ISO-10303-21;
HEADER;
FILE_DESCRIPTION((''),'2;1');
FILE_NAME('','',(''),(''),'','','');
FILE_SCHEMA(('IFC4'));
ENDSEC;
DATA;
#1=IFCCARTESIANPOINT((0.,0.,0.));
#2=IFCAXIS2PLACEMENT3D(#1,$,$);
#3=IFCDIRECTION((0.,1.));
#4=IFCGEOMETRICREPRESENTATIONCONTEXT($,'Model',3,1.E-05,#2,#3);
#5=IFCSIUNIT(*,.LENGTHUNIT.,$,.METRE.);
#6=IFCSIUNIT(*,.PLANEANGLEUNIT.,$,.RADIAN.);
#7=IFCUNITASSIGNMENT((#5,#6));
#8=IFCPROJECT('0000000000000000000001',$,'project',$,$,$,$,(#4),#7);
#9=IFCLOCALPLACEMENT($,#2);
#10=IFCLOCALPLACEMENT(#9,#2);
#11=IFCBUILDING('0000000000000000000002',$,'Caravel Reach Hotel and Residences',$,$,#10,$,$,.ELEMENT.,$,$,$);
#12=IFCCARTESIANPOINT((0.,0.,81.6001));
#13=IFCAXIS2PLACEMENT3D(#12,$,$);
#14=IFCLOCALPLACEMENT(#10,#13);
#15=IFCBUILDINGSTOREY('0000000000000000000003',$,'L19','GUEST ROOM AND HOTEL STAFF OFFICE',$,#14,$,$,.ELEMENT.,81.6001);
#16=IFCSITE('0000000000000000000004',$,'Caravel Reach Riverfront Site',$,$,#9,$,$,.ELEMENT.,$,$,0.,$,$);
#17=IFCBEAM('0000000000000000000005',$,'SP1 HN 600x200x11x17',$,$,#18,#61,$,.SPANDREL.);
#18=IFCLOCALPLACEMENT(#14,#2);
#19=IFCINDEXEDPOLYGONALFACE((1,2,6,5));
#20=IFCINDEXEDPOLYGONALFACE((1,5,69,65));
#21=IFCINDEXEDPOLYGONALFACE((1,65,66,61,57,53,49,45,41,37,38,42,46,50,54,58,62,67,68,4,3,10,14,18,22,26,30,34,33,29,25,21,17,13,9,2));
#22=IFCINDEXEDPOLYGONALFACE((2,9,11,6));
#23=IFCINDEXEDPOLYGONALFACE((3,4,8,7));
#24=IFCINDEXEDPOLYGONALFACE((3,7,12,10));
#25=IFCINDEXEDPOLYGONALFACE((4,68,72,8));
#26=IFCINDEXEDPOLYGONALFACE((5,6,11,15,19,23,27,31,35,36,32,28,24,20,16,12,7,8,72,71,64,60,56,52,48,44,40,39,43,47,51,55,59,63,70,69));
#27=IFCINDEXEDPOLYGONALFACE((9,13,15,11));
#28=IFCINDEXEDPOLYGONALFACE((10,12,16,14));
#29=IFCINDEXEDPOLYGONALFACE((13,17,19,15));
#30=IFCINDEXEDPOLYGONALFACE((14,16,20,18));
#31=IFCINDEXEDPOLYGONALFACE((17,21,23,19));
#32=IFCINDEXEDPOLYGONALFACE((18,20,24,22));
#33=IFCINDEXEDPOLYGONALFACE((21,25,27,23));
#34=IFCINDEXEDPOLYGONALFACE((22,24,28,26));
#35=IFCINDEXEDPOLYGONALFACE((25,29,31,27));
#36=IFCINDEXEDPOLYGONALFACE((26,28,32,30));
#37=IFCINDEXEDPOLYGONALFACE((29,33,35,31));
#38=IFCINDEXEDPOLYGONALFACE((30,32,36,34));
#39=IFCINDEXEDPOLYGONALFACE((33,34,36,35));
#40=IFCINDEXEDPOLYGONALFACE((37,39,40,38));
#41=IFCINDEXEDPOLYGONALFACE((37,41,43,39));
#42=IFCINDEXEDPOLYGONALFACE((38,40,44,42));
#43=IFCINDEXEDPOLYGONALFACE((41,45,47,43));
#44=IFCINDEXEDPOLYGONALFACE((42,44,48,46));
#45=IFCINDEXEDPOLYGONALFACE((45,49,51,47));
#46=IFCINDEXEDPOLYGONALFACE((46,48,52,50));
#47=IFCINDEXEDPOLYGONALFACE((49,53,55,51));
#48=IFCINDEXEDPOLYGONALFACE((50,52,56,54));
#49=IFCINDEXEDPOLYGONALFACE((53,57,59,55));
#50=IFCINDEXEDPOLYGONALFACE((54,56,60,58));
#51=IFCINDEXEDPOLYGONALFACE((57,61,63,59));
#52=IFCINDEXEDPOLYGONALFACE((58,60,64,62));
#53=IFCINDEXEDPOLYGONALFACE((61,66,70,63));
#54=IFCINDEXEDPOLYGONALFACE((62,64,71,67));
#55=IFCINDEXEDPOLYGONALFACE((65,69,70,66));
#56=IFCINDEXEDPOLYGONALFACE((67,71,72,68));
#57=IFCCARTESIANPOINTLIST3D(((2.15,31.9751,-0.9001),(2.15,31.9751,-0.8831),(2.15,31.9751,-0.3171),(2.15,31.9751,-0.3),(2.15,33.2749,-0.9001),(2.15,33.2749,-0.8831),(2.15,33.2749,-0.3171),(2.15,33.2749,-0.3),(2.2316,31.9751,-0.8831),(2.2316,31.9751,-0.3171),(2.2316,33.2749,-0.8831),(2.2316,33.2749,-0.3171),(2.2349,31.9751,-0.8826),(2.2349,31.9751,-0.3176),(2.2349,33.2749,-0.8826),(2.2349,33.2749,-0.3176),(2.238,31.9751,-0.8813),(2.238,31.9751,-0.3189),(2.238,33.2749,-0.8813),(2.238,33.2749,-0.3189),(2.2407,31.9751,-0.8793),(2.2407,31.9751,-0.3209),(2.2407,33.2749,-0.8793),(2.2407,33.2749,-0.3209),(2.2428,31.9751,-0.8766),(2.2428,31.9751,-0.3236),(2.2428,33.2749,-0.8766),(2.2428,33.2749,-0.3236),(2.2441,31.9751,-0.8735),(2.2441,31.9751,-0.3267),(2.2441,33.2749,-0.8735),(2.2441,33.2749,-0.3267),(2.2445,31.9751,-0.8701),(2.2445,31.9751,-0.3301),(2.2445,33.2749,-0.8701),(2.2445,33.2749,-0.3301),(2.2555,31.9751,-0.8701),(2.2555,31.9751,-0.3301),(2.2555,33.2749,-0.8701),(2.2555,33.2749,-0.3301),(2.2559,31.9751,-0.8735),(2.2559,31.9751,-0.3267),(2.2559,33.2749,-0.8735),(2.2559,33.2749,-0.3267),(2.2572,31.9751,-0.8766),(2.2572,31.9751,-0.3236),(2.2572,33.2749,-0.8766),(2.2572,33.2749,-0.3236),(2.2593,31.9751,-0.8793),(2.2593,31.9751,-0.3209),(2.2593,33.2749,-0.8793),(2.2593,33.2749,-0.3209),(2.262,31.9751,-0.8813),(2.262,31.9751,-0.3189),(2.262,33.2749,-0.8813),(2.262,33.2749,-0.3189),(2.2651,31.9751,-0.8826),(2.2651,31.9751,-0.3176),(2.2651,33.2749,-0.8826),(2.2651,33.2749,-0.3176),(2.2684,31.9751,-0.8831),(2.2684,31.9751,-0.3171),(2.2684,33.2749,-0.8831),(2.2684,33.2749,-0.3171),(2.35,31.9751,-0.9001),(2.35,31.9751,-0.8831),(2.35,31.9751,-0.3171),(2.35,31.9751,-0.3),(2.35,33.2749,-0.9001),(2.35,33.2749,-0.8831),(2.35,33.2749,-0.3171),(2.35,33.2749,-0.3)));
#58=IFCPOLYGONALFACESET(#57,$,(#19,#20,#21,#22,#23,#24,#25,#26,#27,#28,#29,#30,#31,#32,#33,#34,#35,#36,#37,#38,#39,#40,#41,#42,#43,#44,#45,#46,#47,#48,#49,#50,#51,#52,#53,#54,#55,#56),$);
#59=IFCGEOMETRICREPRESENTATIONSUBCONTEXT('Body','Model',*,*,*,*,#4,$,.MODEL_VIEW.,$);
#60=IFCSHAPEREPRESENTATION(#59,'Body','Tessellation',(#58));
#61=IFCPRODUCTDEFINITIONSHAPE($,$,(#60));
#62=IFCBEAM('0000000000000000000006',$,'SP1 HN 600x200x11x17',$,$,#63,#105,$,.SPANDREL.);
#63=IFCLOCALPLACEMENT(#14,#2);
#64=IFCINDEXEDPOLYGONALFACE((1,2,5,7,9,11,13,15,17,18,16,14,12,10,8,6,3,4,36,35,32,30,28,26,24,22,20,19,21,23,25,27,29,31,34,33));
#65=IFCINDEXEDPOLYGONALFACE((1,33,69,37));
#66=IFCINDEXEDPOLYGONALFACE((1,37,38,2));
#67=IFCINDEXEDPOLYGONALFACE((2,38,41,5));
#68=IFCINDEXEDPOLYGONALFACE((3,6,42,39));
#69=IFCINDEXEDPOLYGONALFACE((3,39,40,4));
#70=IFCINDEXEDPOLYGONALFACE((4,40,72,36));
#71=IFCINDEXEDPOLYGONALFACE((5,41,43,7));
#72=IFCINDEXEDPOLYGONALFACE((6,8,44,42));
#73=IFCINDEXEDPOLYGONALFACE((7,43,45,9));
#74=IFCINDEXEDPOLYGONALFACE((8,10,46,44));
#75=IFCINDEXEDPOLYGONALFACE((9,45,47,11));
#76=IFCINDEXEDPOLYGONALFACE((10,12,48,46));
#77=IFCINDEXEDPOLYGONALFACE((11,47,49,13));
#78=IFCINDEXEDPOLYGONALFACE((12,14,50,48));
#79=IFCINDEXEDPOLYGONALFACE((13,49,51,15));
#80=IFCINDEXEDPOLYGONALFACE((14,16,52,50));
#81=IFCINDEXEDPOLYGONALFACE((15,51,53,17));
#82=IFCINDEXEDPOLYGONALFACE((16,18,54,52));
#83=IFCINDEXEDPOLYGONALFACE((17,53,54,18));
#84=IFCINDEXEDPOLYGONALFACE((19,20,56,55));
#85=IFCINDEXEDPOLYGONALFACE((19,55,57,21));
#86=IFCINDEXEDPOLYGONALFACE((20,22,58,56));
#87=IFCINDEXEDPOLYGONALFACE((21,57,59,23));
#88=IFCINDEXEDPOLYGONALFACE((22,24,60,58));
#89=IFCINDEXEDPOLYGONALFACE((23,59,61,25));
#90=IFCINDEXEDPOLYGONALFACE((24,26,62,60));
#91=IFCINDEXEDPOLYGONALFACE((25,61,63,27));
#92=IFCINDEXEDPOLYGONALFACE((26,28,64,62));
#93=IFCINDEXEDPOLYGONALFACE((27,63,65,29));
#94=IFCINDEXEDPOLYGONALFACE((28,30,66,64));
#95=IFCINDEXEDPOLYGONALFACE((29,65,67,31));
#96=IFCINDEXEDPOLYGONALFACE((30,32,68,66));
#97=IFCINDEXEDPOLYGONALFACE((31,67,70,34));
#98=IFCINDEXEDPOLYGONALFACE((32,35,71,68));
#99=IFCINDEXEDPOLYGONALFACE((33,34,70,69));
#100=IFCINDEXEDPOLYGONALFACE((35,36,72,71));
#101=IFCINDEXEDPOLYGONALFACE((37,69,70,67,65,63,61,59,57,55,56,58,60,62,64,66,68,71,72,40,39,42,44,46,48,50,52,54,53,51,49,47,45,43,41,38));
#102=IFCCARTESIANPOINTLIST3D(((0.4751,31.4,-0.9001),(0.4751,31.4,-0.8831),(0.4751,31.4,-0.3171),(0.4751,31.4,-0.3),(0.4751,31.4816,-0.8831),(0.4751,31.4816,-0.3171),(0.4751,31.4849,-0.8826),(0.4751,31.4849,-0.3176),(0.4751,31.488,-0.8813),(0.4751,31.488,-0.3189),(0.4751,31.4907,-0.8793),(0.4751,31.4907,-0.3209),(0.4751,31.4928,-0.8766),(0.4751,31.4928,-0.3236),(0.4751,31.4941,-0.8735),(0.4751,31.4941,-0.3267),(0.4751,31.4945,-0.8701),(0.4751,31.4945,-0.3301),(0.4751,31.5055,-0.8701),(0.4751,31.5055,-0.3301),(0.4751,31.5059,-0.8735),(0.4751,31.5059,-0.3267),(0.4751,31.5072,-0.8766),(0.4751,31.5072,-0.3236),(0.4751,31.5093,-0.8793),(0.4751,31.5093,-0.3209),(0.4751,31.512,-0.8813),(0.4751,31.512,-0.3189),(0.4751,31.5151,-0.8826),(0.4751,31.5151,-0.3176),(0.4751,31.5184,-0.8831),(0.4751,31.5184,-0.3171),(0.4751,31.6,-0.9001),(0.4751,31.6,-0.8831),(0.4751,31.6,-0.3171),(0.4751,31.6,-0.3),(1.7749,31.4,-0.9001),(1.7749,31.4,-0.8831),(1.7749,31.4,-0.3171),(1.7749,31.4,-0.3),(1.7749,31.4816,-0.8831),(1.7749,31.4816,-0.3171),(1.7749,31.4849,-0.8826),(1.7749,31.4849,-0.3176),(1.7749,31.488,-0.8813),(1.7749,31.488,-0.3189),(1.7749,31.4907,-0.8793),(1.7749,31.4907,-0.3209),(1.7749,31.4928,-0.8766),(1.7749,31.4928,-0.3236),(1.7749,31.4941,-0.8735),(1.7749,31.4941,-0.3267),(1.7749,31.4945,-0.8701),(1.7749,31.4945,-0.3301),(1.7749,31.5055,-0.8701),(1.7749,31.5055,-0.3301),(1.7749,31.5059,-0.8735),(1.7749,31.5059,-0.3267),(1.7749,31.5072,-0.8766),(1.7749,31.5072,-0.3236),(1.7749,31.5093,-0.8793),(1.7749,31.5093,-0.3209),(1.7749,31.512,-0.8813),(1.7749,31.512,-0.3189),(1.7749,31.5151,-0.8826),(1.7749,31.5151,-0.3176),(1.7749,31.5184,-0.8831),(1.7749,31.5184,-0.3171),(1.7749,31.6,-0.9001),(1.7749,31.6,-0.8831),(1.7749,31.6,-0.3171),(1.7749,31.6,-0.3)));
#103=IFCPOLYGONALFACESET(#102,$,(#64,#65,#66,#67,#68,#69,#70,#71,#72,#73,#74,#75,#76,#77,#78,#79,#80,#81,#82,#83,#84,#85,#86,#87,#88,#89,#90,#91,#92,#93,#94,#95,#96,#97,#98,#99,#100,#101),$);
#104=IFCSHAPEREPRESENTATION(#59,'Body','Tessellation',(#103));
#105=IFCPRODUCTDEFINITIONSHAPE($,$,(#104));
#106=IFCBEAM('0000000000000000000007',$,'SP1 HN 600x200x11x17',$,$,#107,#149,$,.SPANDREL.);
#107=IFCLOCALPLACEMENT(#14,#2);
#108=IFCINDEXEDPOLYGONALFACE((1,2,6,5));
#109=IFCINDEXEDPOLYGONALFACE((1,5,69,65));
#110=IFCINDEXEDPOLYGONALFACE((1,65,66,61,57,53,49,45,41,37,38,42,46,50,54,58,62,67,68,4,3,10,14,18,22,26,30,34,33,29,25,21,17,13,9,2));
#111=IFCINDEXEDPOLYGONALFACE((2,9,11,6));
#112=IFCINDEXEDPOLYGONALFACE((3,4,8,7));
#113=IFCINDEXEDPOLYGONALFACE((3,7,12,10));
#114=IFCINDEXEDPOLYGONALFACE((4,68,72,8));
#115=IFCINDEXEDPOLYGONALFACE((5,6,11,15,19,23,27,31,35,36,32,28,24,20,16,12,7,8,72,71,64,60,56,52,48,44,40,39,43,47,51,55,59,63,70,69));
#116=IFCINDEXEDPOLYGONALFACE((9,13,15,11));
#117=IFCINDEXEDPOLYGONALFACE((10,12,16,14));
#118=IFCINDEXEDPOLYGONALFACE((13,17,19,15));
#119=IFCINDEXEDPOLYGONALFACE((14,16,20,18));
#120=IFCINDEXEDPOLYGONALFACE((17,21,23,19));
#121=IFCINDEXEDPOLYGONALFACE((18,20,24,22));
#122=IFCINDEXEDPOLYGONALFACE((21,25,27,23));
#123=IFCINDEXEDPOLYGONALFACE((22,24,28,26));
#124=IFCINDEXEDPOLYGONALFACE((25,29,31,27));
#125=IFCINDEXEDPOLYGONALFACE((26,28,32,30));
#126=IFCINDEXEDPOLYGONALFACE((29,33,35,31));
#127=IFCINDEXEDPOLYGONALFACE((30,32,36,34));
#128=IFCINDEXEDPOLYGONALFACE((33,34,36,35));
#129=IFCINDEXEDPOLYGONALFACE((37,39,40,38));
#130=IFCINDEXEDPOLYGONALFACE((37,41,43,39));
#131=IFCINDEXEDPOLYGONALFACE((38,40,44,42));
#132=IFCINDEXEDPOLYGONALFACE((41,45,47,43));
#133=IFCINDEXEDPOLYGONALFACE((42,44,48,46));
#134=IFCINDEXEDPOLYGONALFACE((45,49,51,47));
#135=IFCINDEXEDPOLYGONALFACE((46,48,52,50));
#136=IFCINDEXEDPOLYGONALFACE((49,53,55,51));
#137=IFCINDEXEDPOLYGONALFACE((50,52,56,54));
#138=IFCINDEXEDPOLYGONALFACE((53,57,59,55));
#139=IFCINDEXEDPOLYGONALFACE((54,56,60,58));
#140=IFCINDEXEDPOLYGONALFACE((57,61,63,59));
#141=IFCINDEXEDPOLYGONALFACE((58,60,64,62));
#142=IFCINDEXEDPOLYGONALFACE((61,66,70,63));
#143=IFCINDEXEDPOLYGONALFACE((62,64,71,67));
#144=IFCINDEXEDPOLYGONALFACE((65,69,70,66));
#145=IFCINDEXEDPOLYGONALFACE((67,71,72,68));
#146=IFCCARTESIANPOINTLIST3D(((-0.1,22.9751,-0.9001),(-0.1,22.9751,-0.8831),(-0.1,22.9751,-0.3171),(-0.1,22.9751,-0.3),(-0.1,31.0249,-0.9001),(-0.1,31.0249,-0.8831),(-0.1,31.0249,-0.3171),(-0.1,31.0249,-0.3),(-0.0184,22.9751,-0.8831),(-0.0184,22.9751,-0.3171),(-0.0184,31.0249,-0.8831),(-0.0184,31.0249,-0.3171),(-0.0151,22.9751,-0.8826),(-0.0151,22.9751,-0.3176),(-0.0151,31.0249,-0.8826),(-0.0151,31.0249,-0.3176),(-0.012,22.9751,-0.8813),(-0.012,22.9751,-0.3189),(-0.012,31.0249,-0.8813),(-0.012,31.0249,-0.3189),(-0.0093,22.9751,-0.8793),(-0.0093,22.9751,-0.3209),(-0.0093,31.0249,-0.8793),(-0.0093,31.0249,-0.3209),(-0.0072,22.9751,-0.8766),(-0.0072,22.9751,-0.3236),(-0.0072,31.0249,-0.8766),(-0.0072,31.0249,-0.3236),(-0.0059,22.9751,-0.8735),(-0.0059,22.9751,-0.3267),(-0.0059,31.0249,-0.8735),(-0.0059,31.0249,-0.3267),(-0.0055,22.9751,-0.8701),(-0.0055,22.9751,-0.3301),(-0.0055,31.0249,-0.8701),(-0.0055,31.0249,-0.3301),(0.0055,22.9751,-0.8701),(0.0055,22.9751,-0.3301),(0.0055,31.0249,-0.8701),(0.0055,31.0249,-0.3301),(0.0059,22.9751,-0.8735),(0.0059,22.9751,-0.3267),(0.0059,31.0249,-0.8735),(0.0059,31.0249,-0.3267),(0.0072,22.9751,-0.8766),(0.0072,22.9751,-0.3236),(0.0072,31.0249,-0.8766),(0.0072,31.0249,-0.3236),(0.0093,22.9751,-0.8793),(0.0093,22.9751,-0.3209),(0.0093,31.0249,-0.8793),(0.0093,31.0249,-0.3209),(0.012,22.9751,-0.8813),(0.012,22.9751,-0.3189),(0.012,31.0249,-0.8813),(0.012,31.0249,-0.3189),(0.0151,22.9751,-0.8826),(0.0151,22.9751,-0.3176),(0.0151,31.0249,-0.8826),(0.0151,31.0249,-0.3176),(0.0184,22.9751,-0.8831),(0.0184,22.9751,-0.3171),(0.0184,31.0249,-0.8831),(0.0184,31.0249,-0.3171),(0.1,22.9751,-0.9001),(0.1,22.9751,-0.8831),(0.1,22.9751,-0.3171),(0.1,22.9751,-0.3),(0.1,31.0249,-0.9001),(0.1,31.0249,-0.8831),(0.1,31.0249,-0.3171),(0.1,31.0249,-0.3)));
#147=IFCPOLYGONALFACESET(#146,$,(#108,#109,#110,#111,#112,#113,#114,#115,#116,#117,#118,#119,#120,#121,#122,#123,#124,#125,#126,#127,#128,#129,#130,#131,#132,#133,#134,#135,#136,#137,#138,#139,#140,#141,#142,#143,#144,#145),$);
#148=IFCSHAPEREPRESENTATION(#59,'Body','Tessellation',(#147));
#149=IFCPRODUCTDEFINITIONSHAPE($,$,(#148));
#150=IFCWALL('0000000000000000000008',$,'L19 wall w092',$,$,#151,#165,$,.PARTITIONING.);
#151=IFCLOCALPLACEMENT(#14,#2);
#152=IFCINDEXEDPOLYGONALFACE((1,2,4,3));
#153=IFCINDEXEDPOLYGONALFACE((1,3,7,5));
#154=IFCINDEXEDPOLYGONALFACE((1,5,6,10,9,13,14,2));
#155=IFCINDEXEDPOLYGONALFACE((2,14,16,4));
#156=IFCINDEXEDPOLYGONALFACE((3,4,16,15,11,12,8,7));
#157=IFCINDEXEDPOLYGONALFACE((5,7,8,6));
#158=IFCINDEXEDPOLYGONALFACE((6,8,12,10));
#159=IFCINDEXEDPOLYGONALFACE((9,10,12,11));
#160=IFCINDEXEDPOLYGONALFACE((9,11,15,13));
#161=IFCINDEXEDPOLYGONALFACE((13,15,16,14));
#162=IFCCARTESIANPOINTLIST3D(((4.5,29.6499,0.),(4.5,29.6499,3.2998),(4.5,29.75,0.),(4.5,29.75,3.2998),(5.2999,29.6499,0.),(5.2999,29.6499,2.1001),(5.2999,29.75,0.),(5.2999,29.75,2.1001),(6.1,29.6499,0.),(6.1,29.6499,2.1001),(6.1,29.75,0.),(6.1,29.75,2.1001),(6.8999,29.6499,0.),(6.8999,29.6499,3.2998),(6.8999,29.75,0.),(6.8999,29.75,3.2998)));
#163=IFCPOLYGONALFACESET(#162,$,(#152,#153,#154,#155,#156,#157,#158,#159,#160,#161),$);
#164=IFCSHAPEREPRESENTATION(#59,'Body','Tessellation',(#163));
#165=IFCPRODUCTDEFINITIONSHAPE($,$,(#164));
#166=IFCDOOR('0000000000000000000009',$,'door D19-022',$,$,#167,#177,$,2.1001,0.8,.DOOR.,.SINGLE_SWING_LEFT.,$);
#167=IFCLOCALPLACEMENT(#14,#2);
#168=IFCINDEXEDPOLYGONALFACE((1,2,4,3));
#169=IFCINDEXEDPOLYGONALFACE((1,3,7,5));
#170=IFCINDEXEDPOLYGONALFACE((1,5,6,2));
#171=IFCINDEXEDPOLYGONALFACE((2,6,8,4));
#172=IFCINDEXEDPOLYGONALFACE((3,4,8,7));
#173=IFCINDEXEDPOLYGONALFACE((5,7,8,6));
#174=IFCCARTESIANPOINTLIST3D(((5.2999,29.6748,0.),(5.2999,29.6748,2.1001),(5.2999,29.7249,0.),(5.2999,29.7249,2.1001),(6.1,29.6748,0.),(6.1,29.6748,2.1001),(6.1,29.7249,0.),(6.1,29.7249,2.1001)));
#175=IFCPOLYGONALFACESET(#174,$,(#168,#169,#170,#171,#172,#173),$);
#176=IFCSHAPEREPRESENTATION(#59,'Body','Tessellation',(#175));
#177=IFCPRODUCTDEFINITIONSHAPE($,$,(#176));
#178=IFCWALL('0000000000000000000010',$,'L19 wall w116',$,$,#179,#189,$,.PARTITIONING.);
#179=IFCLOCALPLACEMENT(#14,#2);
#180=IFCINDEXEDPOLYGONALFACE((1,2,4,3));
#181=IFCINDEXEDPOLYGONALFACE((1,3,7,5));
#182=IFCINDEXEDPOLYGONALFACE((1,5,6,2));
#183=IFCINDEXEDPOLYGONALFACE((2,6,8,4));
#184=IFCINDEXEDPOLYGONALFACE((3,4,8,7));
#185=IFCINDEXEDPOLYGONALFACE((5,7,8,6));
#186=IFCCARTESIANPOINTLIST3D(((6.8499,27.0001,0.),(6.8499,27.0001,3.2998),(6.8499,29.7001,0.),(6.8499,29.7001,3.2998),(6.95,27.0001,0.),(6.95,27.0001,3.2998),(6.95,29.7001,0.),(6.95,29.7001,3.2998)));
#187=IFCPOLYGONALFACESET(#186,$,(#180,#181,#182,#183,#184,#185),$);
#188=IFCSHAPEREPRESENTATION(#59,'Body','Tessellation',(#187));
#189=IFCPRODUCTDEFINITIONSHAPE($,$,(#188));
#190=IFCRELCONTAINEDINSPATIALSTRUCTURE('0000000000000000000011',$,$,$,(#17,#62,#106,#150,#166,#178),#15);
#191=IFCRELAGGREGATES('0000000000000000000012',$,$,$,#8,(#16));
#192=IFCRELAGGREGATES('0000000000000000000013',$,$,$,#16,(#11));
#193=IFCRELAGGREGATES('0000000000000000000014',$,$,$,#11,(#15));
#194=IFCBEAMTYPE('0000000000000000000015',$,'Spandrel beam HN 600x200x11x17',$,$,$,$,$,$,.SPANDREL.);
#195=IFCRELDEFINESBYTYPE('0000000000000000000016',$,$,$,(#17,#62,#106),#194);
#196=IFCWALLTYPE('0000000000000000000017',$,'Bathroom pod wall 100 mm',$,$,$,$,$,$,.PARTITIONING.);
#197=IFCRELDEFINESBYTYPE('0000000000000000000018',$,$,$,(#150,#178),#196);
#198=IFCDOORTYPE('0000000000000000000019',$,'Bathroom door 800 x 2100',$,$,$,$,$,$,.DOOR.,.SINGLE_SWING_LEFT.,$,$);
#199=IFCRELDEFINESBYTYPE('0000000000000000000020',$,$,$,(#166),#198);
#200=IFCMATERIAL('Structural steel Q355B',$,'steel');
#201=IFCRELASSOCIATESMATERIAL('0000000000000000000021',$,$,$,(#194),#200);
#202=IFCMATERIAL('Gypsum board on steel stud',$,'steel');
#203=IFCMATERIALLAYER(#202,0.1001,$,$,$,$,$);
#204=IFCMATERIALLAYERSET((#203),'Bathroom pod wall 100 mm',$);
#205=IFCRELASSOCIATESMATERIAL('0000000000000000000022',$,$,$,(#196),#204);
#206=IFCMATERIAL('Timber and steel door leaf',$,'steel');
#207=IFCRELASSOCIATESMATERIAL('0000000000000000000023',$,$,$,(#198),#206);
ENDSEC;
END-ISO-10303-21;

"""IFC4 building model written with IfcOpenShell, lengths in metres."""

from ifc_helpers import new_model, si_unit, direction, frame, frame_2d, origin, origin_2d, place, context, subcontext, project, spatial, rectangle, i_section, extrude, material, layer, layer_set, material_profile, profile_set, type_object, element, fill, save


model = new_model("IFC4")

# Units and contexts
model_context = context("Model", 3, precision=1e-05, world=origin(), true_north=direction((0.0, 1.0)))
body_context = subcontext(model_context, "Body", "Model", "MODEL_VIEW")
ifc_project = project(units=[si_unit("LENGTHUNIT", "METRE"), si_unit("PLANEANGLEUNIT", "RADIAN")], contexts=[model_context])

# Site, building, storey
site_placement = place(None, origin())
site = spatial("IfcSite", under=ifc_project, at=site_placement, Name="Caravel Reach Riverfront Site", CompositionType="ELEMENT", RefElevation=0.0)
building_placement = place(site_placement, origin())
building = spatial("IfcBuilding", under=site, at=building_placement, Name="Caravel Reach Hotel and Residences", CompositionType="ELEMENT")
storey_placement = place(building_placement, frame((0.0, 0.0, 81.6001)))
storey = spatial("IfcBuildingStorey", under=building, at=storey_placement, Name="L19", Description="GUEST ROOM AND HOTEL STAFF OFFICE", CompositionType="ELEMENT", Elevation=81.6001)

# Beams
ifc_material_1 = material(Name="Structural steel Q355B", Category="steel")
ifc_material_profile_1 = material_profile(ifc_material_1, i_section(OverallWidth=0.2, OverallDepth=0.6001, WebThickness=0.011, FlangeThickness=0.0171, FilletRadius=0.0129, at=origin_2d()), Name="HN 600x200x11x17")
ifc_profile_set_1 = profile_set([ifc_material_profile_1], Name="Structural steel Q355B")
beam_type = type_object("IfcBeamType", Name="Spandrel beam HN 600x200x11x17", PredefinedType="SPANDREL", material=ifc_profile_set_1)
for number, where, z_axis, x_axis, name in (
    (1, (2.25, 33.2749, -0.6001), (0.0, -1.0, 0.0), (1.0, 0.0, 0.0), "SP1 HN 600x200x11x17"),
    (2, (1.7749, 31.5, -0.6001), (-1.0, 0.0, 0.0), (0.0, -1.0, 0.0), "SP1 HN 600x200x11x17"),
):
    element("IfcBeam", number, at=place(storey_placement, frame(where, z_axis=z_axis, x_axis=x_axis)), inside=storey, type_object=beam_type, Name=name, PredefinedType="SPANDREL", context=body_context, shape_type="SweptSolid", body=[
        extrude(i_section(OverallWidth=0.2, OverallDepth=0.6001, WebThickness=0.011, FlangeThickness=0.0171, FilletRadius=0.0129, at=origin_2d()), origin(), (0.0, 0.0, 1.0), 1.2998),
    ])
beam_placement = place(storey_placement, frame((0.0, 31.0249, -0.6001), z_axis=(0.0, -1.0, 0.0), x_axis=(1.0, 0.0, 0.0)))
element("IfcBeam", 3, at=beam_placement, inside=storey, type_object=beam_type, Name="SP1 HN 600x200x11x17", PredefinedType="SPANDREL", context=body_context, shape_type="SweptSolid", body=[
    extrude(i_section(OverallWidth=0.2, OverallDepth=0.6001, WebThickness=0.011, FlangeThickness=0.0171, FilletRadius=0.0129, at=origin_2d()), origin(), (0.0, 0.0, 1.0), 8.0498),
])

# Wall, opening, door
ifc_material_2 = material(Name="Gypsum board on steel stud", Category="steel")
ifc_layer_1 = layer(ifc_material_2, 0.1001)
ifc_layer_set_1 = layer_set([ifc_layer_1], Name="Bathroom pod wall 100 mm")
wall_type_1 = type_object("IfcWallType", Name="Bathroom pod wall 100 mm", PredefinedType="PARTITIONING", material=ifc_layer_set_1)
wall_1_placement = place(storey_placement, frame((4.5, 29.7, 0.0), z_axis=(0.0, 0.0, 1.0), x_axis=(1.0, 0.0, 0.0)))
wall_1 = element("IfcWall", 4, at=wall_1_placement, inside=storey, type_object=wall_type_1, Name="L19 wall w092", PredefinedType="PARTITIONING", context=body_context, shape_type="SweptSolid", body=[
    extrude(rectangle(XDim=2.3999, YDim=0.1001, at=frame_2d((1.2, 0.0))), origin(), (0.0, 0.0, 1.0), 3.2998),
])
opening_1_placement = place(wall_1_placement, frame((0.8, 0.0, 0.0)))
opening_1 = element("IfcOpeningElement", 5, at=opening_1_placement, cuts=wall_1, PredefinedType="OPENING", context=body_context, shape_type="SweptSolid", body=[
    extrude(rectangle(XDim=0.8, YDim=2.1001, at=frame_2d((0.3999, 1.05))), frame((0.0, 0.0601, 0.0), z_axis=(0.0, -1.0, 0.0), x_axis=(1.0, 0.0, 0.0)), (0.0, 0.0, 1.0), 0.1201),
])
ifc_material_3 = material(Name="Timber and steel door leaf", Category="steel")
door_type_1 = type_object("IfcDoorType", Name="Bathroom door 800 x 2100", OperationType="SINGLE_SWING_LEFT", PredefinedType="DOOR", material=ifc_material_3)
door_1_placement = place(opening_1_placement, origin())
door_1 = element("IfcDoor", 6, at=door_1_placement, inside=storey, type_object=door_type_1, Name="door D19-022", OperationType="SINGLE_SWING_LEFT", OverallHeight=2.1001, OverallWidth=0.8, PredefinedType="DOOR", context=body_context, shape_type="SweptSolid", body=[
    extrude(rectangle(XDim=0.8, YDim=2.1001, at=frame_2d((0.3999, 1.05))), frame((0.0, 0.0249, 0.0), z_axis=(0.0, -1.0, 0.0), x_axis=(1.0, 0.0, 0.0)), (0.0, 0.0, 1.0), 0.05),
])
fill(opening_1, door_1)

# Wall
wall_2_placement = place(storey_placement, frame((6.8999, 27.0, 0.0), z_axis=(0.0, 0.0, 1.0), x_axis=(0.0, 1.0, 0.0)))
element("IfcWall", 7, at=wall_2_placement, inside=storey, type_object=wall_type_1, Name="L19 wall w116", PredefinedType="PARTITIONING", context=body_context, shape_type="SweptSolid", body=[
    extrude(rectangle(XDim=2.7, YDim=0.1001, at=frame_2d((1.3501, 0.0))), origin(), (0.0, 0.0, 1.0), 3.2998),
])

save(model, "model.ifc")
